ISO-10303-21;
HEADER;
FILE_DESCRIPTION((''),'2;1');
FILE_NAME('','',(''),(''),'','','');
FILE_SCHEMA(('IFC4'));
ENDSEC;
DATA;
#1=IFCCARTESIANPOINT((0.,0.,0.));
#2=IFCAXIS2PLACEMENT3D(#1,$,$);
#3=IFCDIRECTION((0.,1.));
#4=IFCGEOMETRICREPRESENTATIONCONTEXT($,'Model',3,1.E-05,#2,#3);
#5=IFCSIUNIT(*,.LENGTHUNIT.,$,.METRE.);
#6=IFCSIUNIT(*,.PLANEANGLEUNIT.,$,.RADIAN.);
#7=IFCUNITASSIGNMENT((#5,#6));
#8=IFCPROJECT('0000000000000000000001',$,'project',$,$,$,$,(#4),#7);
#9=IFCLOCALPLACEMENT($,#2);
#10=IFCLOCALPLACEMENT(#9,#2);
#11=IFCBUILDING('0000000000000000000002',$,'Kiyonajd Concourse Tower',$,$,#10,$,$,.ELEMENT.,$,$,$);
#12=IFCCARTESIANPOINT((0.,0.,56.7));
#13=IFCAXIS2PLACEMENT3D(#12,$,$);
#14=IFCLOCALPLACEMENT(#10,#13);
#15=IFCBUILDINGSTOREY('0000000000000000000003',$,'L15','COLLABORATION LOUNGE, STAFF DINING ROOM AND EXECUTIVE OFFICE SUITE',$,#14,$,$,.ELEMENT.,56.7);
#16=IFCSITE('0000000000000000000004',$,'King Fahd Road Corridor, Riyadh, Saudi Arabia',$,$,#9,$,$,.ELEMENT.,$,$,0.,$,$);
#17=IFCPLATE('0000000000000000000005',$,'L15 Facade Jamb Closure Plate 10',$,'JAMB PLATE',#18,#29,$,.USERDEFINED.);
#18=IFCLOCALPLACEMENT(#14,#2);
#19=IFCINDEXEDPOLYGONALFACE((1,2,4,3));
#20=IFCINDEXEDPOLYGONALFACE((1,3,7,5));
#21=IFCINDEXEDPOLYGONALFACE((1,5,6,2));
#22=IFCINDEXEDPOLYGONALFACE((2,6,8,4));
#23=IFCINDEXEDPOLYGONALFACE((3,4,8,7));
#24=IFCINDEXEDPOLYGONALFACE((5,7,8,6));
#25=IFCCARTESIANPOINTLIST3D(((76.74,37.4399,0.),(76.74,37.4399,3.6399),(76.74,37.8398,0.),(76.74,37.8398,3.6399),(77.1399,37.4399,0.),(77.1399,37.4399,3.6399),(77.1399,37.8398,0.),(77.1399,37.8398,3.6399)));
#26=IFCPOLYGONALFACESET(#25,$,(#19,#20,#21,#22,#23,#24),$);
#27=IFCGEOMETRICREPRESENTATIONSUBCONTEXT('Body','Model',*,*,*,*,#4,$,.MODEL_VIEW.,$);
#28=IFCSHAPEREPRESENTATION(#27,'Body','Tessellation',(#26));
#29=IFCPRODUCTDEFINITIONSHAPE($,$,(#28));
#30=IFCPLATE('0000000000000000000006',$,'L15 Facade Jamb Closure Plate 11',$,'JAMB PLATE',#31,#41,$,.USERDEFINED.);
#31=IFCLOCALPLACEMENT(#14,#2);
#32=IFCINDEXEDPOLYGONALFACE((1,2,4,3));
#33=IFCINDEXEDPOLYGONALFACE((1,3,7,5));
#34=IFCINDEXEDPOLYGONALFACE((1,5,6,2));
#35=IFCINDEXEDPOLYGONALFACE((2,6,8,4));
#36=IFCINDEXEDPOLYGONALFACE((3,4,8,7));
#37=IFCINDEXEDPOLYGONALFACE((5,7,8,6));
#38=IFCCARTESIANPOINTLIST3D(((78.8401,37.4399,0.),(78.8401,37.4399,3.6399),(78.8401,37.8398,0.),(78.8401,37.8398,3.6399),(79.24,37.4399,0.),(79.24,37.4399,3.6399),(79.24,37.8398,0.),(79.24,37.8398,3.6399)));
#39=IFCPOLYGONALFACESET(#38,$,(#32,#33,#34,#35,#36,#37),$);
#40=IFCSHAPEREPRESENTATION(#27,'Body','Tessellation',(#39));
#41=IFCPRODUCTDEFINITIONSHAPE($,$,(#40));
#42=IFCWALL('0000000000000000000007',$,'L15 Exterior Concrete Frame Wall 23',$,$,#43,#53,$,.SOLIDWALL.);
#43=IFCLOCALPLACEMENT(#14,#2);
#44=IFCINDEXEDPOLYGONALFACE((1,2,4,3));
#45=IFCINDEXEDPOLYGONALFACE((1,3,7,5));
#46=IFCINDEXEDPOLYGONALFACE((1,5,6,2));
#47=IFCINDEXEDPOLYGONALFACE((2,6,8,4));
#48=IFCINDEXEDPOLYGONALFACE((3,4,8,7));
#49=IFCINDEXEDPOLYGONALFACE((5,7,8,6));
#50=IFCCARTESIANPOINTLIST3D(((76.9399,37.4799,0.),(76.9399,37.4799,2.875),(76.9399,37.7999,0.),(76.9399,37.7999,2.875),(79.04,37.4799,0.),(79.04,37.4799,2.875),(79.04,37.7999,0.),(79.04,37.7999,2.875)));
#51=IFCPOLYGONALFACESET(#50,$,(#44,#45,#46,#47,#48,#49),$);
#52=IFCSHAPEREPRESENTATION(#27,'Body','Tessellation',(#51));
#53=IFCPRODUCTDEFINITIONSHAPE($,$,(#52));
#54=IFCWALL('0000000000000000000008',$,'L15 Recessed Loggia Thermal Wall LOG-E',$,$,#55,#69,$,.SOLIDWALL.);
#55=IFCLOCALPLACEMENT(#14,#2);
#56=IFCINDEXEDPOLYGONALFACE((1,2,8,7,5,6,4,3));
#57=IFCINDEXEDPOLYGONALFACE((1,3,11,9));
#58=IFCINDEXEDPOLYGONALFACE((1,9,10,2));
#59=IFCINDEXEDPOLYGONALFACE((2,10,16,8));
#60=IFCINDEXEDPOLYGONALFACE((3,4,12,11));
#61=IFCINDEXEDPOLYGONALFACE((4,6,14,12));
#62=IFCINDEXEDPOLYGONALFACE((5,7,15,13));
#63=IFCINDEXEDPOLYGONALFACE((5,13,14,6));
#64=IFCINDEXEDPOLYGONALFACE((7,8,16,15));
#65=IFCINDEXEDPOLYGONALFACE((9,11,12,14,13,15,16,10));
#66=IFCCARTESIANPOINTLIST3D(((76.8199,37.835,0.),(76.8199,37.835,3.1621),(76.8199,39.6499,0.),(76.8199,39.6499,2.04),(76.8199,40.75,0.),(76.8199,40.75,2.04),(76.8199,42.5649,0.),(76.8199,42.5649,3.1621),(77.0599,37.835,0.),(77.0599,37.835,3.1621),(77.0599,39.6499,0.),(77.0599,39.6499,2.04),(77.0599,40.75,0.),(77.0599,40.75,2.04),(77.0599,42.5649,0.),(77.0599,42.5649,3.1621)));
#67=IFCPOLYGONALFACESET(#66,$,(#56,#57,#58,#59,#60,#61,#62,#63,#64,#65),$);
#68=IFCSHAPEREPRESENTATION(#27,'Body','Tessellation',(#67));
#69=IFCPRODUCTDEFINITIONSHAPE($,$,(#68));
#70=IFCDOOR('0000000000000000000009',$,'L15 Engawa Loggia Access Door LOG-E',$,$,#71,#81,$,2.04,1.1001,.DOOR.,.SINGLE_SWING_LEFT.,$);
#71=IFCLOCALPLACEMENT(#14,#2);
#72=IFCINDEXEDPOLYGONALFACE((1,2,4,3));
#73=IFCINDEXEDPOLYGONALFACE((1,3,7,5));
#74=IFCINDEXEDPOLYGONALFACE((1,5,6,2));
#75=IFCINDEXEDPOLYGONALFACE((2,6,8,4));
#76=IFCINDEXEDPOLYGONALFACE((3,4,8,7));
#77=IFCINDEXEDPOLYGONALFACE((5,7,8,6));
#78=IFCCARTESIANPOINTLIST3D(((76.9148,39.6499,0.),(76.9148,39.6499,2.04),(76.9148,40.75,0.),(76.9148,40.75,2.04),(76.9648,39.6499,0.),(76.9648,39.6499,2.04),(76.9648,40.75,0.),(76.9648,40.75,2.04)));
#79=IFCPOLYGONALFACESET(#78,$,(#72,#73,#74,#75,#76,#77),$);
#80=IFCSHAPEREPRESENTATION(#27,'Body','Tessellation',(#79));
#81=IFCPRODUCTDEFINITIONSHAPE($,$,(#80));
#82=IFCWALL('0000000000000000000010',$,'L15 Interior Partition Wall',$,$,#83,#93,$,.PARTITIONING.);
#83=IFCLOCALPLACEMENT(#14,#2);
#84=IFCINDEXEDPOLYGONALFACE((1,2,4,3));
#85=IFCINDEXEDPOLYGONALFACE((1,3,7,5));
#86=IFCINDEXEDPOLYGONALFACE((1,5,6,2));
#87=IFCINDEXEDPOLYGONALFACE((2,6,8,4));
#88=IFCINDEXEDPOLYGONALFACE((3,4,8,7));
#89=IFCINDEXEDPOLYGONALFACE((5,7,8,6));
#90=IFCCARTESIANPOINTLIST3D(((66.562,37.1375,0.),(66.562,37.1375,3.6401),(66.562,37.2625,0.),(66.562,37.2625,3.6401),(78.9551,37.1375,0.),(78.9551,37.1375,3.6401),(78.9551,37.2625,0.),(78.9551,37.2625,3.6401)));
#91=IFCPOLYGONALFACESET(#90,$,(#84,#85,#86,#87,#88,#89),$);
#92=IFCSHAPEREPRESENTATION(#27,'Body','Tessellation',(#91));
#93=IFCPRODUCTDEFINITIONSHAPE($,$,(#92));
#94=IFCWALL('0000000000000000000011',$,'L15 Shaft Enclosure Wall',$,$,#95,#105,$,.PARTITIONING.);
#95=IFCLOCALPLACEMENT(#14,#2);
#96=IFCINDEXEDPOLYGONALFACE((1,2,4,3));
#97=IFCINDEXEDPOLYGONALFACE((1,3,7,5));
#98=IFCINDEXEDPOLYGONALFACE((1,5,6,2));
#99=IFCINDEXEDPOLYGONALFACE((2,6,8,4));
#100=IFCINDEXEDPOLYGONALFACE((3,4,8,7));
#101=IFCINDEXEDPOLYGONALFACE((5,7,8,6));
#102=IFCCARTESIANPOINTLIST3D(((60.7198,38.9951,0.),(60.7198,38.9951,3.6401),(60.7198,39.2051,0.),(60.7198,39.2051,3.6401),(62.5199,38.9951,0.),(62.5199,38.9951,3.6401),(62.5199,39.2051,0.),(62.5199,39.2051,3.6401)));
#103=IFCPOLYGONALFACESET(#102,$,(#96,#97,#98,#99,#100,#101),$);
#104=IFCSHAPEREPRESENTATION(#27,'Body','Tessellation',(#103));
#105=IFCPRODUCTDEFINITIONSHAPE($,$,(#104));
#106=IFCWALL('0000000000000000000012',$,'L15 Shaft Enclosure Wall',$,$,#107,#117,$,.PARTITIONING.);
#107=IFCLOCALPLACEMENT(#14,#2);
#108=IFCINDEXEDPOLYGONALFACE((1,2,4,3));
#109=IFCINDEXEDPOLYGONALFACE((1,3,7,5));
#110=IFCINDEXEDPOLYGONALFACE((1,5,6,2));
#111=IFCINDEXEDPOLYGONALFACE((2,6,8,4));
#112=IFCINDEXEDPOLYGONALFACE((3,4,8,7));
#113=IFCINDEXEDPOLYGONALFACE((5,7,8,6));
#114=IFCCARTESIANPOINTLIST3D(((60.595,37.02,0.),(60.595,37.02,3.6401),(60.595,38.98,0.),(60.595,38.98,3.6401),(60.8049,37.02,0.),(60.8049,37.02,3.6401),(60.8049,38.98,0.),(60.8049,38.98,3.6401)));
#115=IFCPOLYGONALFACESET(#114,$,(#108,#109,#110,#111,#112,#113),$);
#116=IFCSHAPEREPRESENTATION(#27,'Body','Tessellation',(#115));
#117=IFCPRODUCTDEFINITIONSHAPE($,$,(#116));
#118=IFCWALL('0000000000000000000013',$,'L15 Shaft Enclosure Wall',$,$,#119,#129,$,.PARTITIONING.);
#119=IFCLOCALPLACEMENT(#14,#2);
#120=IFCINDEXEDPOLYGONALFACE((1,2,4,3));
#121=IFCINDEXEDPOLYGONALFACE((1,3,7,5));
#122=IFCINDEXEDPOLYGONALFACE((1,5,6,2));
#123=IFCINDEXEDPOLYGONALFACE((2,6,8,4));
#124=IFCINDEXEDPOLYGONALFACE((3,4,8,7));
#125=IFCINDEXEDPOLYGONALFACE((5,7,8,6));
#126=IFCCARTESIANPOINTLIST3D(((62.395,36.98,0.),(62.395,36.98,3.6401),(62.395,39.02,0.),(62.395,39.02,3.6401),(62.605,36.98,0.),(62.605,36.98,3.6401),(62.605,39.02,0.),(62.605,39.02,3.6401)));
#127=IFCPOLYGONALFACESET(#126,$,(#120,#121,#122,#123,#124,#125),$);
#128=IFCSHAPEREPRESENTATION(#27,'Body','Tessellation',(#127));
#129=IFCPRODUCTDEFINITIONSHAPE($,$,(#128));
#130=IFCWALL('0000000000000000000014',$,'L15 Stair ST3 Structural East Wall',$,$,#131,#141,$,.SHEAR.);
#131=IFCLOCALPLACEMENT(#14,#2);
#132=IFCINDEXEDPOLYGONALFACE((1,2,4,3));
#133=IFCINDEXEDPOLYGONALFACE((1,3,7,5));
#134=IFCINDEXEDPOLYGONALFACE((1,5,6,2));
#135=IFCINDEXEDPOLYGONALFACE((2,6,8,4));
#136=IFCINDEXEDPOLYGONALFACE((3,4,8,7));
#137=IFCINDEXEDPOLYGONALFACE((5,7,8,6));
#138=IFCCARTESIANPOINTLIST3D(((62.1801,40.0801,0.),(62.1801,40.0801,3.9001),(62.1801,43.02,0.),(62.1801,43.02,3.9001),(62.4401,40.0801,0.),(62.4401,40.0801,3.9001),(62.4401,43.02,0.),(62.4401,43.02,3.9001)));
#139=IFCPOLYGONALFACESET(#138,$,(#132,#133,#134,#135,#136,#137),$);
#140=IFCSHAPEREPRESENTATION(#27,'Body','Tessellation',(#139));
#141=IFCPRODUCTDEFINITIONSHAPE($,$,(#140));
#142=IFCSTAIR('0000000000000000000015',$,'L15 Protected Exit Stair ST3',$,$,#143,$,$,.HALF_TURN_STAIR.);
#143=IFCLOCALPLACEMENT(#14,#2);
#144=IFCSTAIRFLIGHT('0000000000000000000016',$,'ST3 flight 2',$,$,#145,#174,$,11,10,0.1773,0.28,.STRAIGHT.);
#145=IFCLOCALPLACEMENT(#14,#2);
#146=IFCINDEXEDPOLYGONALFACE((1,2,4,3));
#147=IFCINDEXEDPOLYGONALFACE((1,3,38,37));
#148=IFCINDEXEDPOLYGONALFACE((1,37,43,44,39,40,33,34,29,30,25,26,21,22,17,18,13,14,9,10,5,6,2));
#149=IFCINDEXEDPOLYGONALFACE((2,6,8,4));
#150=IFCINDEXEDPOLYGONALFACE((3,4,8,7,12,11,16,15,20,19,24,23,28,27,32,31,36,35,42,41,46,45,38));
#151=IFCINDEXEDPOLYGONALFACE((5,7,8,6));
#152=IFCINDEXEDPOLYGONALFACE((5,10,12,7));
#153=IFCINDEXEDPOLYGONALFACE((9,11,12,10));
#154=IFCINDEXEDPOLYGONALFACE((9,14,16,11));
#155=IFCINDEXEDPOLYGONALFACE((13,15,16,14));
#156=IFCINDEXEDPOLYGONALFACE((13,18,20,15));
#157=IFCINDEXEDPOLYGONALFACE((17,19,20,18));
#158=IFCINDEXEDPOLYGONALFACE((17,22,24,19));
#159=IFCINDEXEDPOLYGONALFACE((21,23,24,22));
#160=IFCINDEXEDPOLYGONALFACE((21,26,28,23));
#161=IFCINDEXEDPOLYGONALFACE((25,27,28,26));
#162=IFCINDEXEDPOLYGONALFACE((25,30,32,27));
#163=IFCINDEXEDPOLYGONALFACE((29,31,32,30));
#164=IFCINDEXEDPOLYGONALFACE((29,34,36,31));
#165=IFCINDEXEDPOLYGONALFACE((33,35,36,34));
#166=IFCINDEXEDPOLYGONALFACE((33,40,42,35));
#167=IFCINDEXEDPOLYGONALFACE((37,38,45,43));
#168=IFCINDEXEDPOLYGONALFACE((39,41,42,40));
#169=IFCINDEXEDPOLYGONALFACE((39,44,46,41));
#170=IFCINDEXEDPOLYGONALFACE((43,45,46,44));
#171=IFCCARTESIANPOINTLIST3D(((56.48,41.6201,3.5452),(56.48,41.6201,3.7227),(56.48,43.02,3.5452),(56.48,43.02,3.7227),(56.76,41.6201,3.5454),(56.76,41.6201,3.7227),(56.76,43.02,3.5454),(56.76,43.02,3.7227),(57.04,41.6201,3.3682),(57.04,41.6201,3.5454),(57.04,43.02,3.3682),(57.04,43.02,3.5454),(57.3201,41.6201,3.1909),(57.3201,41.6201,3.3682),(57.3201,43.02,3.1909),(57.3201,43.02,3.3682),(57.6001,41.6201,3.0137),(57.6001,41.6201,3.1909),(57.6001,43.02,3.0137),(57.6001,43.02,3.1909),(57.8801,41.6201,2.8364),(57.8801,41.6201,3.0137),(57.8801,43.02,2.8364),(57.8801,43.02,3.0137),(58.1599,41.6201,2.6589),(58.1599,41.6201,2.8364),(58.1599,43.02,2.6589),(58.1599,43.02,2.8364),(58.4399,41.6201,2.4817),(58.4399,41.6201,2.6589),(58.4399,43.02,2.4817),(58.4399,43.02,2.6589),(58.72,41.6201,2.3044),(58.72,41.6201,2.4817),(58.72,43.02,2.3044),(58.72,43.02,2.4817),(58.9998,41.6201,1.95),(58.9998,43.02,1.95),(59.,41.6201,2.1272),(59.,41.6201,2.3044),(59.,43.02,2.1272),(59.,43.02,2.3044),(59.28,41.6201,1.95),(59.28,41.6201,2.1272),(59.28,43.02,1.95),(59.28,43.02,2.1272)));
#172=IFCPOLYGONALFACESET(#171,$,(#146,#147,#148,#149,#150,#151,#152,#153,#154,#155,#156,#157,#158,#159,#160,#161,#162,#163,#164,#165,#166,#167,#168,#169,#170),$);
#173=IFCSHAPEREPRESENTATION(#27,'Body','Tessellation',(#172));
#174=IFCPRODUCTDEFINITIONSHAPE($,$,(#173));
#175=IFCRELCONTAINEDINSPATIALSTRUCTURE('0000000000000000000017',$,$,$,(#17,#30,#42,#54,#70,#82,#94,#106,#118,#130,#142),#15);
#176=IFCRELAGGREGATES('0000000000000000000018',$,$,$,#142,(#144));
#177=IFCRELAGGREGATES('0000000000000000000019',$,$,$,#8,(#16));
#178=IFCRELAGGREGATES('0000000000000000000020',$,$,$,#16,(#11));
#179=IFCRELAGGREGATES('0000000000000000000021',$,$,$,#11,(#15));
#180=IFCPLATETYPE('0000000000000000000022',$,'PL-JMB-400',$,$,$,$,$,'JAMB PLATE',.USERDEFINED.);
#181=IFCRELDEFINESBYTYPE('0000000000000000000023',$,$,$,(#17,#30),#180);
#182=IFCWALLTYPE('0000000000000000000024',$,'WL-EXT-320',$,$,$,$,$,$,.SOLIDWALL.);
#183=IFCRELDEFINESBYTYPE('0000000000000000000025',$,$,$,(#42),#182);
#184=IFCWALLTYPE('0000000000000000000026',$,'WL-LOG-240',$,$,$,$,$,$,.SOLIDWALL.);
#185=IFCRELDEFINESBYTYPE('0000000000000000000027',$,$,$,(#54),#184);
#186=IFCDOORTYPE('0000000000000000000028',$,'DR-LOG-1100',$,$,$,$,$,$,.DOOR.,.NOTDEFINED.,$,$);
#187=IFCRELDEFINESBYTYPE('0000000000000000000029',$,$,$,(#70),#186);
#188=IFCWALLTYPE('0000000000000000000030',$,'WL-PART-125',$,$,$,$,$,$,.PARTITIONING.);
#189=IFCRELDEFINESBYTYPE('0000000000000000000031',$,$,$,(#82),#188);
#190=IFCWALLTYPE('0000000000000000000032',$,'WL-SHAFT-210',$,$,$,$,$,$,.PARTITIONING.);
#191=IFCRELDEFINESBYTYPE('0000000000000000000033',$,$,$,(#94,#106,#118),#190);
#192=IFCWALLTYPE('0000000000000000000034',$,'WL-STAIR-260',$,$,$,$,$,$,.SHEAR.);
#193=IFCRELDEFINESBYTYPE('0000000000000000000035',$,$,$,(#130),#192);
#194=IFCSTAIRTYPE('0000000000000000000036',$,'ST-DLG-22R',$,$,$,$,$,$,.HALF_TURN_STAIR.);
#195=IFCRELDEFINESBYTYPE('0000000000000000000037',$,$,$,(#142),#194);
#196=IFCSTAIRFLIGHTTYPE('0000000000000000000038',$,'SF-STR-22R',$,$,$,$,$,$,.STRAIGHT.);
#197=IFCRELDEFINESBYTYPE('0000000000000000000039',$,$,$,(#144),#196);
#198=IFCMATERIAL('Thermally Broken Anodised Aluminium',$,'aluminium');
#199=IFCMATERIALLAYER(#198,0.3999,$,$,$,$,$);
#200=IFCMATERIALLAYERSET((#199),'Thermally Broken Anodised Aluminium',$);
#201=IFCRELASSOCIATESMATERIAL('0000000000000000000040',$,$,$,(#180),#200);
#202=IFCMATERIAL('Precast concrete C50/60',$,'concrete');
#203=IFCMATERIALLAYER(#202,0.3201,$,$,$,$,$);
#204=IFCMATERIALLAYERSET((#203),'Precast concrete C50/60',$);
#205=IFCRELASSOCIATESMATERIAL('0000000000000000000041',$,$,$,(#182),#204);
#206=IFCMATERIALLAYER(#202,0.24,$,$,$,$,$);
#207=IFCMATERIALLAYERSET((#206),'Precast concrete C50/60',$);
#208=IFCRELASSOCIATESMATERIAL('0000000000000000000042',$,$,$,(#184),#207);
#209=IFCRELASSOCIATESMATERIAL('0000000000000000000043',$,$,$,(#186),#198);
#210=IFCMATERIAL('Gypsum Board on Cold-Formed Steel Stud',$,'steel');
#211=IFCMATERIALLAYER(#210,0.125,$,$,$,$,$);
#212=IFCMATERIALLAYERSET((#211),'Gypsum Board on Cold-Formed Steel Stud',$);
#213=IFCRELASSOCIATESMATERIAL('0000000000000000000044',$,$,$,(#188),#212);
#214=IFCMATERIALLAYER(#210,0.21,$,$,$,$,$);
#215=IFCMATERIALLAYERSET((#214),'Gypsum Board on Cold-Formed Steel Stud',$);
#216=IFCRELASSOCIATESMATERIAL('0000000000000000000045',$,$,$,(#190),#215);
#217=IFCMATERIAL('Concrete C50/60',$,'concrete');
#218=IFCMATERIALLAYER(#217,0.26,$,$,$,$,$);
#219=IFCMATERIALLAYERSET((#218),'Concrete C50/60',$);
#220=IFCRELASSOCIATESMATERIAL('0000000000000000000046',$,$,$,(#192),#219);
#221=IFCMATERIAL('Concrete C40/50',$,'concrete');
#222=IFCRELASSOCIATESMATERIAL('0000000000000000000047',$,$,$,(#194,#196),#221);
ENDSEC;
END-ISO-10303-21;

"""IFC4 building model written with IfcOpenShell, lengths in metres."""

from ifc_helpers import new_model, si_unit, direction, frame, frame_2d, origin, origin_2d, place, context, subcontext, project, spatial, polyline, rectangle, outline, extrude, material, layer, layer_set, type_object, element, fill, aggregate, save


model = new_model("IFC4")

# Units and contexts
model_context = context("Model", 3, precision=1e-05, world=origin(), true_north=direction((0.0, 1.0)))
body_context = subcontext(model_context, "Body", "Model", "MODEL_VIEW")
ifc_project = project(units=[si_unit("LENGTHUNIT", "METRE"), si_unit("PLANEANGLEUNIT", "RADIAN")], contexts=[model_context])

# Site, building, storey
site_placement = place(None, origin())
site = spatial("IfcSite", under=ifc_project, at=site_placement, Name="King Fahd Road Corridor, Riyadh, Saudi Arabia", CompositionType="ELEMENT", RefElevation=0.0)
building_placement = place(site_placement, origin())
building = spatial("IfcBuilding", under=site, at=building_placement, Name="Kiyonajd Concourse Tower", CompositionType="ELEMENT")
storey_placement = place(building_placement, frame((0.0, 0.0, 56.7)))
storey = spatial("IfcBuildingStorey", under=building, at=storey_placement, Name="L15", Description="COLLABORATION LOUNGE, STAFF DINING ROOM AND EXECUTIVE OFFICE SUITE", CompositionType="ELEMENT", Elevation=56.7)

# Shared definitions
ifc_material_1 = material(Name="Precast concrete C50/60", Category="concrete")

# Shared definitions
ifc_material_2 = material(Name="Thermally Broken Anodised Aluminium", Category="aluminium")

# Plates
ifc_layer_1 = layer(ifc_material_2, 0.3999)
ifc_layer_set_1 = layer_set([ifc_layer_1], Name="Thermally Broken Anodised Aluminium")
plate_type_1 = type_object("IfcPlateType", Name="PL-JMB-400", ElementType="JAMB PLATE", PredefinedType="USERDEFINED", material=ifc_layer_set_1)
for number, where, z_axis, x_axis, name in (
    (1, (76.9399, 37.6399, 0.0), (0.0, 0.0, 1.0), (1.0, 0.0, 0.0), "L15 Facade Jamb Closure Plate 10"),
    (2, (79.04, 37.6399, 0.0), (0.0, 0.0, 1.0), (1.0, 0.0, 0.0), "L15 Facade Jamb Closure Plate 11"),
):
    element("IfcPlate", number, at=place(storey_placement, frame(where, z_axis=z_axis, x_axis=x_axis)), inside=storey, type_object=plate_type_1, Name=name, ObjectType="JAMB PLATE", PredefinedType="USERDEFINED", context=body_context, shape_type="SweptSolid", body=[
        extrude(rectangle(XDim=0.3999, YDim=0.3999, at=origin_2d()), origin(), (0.0, 0.0, 1.0), 3.6399),
    ])

# Wall
ifc_layer_2 = layer(ifc_material_1, 0.3201)
ifc_layer_set_2 = layer_set([ifc_layer_2], Name="Precast concrete C50/60")
wall_type_1 = type_object("IfcWallType", Name="WL-EXT-320", PredefinedType="SOLIDWALL", material=ifc_layer_set_2)
wall_1_placement = place(storey_placement, frame((76.9399, 37.6399, 0.0), z_axis=(0.0, 0.0, 1.0), x_axis=(1.0, 0.0, 0.0)))
element("IfcWall", 3, at=wall_1_placement, inside=storey, type_object=wall_type_1, Name="L15 Exterior Concrete Frame Wall 23", PredefinedType="SOLIDWALL", context=body_context, shape_type="SweptSolid", body=[
    extrude(rectangle(XDim=2.1001, YDim=0.3201, at=frame_2d((1.05, 0.0))), origin(), (0.0, 0.0, 1.0), 2.875),
])

# Wall, opening, door
ifc_layer_3 = layer(ifc_material_1, 0.24)
ifc_layer_set_3 = layer_set([ifc_layer_3], Name="Precast concrete C50/60")
wall_type_2 = type_object("IfcWallType", Name="WL-LOG-240", PredefinedType="SOLIDWALL", material=ifc_layer_set_3)
wall_2_placement = place(storey_placement, frame((76.9399, 42.5649, 0.0), z_axis=(0.0, 0.0, 1.0), x_axis=(0.0, -1.0, 0.0)))
wall_2 = element("IfcWall", 4, at=wall_2_placement, inside=storey, type_object=wall_type_2, Name="L15 Recessed Loggia Thermal Wall LOG-E", PredefinedType="SOLIDWALL", context=body_context, shape_type="SweptSolid", body=[
    extrude(rectangle(XDim=4.73, YDim=0.24, at=frame_2d((2.365, 0.0))), origin(), (0.0, 0.0, 1.0), 3.1621),
])
opening_placement = place(wall_2_placement, frame((1.8149, 0.0, 0.0)))
opening = element("IfcOpeningElement", 5, at=opening_placement, cuts=wall_2, PredefinedType="OPENING", context=body_context, shape_type="SweptSolid", body=[
    extrude(rectangle(XDim=1.1001, YDim=2.04, at=frame_2d((0.55, 1.02))), frame((0.0, 0.1299, 0.0), z_axis=(0.0, -1.0, 0.0), x_axis=(1.0, 0.0, 0.0)), (0.0, 0.0, 1.0), 0.26),
])
door_type = type_object("IfcDoorType", Name="DR-LOG-1100", OperationType="NOTDEFINED", PredefinedType="DOOR", material=ifc_material_2)
door_placement = place(opening_placement, origin())
door = element("IfcDoor", 6, at=door_placement, inside=storey, type_object=door_type, Name="L15 Engawa Loggia Access Door LOG-E", OperationType="SINGLE_SWING_LEFT", OverallHeight=2.04, OverallWidth=1.1001, PredefinedType="DOOR", context=body_context, shape_type="SweptSolid", body=[
    extrude(rectangle(XDim=1.1001, YDim=2.04, at=frame_2d((0.55, 1.02))), frame((0.0, 0.0249, 0.0), z_axis=(0.0, -1.0, 0.0), x_axis=(1.0, 0.0, 0.0)), (0.0, 0.0, 1.0), 0.05),
])
fill(opening, door)

# Walls
ifc_material_3 = material(Name="Gypsum Board on Cold-Formed Steel Stud", Category="steel")
ifc_layer_4 = layer(ifc_material_3, 0.125)
ifc_layer_set_4 = layer_set([ifc_layer_4], Name="Gypsum Board on Cold-Formed Steel Stud")
wall_type_3 = type_object("IfcWallType", Name="WL-PART-125", PredefinedType="PARTITIONING", material=ifc_layer_set_4)
wall_3_placement = place(storey_placement, frame((66.562, 37.2, 0.0), z_axis=(0.0, 0.0, 1.0), x_axis=(1.0, 0.0, 0.0)))
element("IfcWall", 7, at=wall_3_placement, inside=storey, type_object=wall_type_3, Name="L15 Interior Partition Wall", PredefinedType="PARTITIONING", context=body_context, shape_type="SweptSolid", body=[
    extrude(rectangle(XDim=12.3931, YDim=0.125, at=frame_2d((6.1965, 0.0))), origin(), (0.0, 0.0, 1.0), 3.6401),
])
ifc_layer_5 = layer(ifc_material_3, 0.21)
ifc_layer_set_5 = layer_set([ifc_layer_5], Name="Gypsum Board on Cold-Formed Steel Stud")
wall_type_4 = type_object("IfcWallType", Name="WL-SHAFT-210", PredefinedType="PARTITIONING", material=ifc_layer_set_5)
wall_4_placement = place(storey_placement, frame((60.72, 39.1001, 0.0), z_axis=(0.0, 0.0, 1.0), x_axis=(1.0, 0.0, 0.0)))
element("IfcWall", 8, at=wall_4_placement, inside=storey, type_object=wall_type_4, Name="L15 Shaft Enclosure Wall", PredefinedType="PARTITIONING", context=body_context, shape_type="SweptSolid", body=[
    extrude(rectangle(XDim=1.8, YDim=0.21, at=frame_2d((0.8999, 0.0))), origin(), (0.0, 0.0, 1.0), 3.6401),
])
wall_5_placement = place(storey_placement, frame((60.7, 37.02, 0.0), z_axis=(0.0, 0.0, 1.0), x_axis=(0.0, 1.0, 0.0)))
element("IfcWall", 9, at=wall_5_placement, inside=storey, type_object=wall_type_4, Name="L15 Shaft Enclosure Wall", PredefinedType="PARTITIONING", context=body_context, shape_type="SweptSolid", body=[
    extrude(rectangle(XDim=1.96, YDim=0.21, at=frame_2d((0.98, 0.0))), origin(), (0.0, 0.0, 1.0), 3.6401),
])
wall_6_placement = place(storey_placement, frame((62.5, 36.98, 0.0), z_axis=(0.0, 0.0, 1.0), x_axis=(0.0, 1.0, 0.0)))
element("IfcWall", 10, at=wall_6_placement, inside=storey, type_object=wall_type_4, Name="L15 Shaft Enclosure Wall", PredefinedType="PARTITIONING", context=body_context, shape_type="SweptSolid", body=[
    extrude(rectangle(XDim=2.04, YDim=0.21, at=frame_2d((1.02, 0.0))), origin(), (0.0, 0.0, 1.0), 3.6401),
])
ifc_material_4 = material(Name="Concrete C50/60", Category="concrete")
ifc_layer_6 = layer(ifc_material_4, 0.26)
ifc_layer_set_6 = layer_set([ifc_layer_6], Name="Concrete C50/60")
wall_type_5 = type_object("IfcWallType", Name="WL-STAIR-260", PredefinedType="SHEAR", material=ifc_layer_set_6)
wall_7_placement = place(storey_placement, frame((62.3101, 40.0801, 0.0), z_axis=(0.0, 0.0, 1.0), x_axis=(0.0, 1.0, 0.0)))
element("IfcWall", 11, at=wall_7_placement, inside=storey, type_object=wall_type_5, Name="L15 Stair ST3 Structural East Wall", PredefinedType="SHEAR", context=body_context, shape_type="SweptSolid", body=[
    extrude(rectangle(XDim=2.9399, YDim=0.26, at=frame_2d((1.47, 0.0))), origin(), (0.0, 0.0, 1.0), 3.9001),
])

# Stair, stair flight
ifc_material_5 = material(Name="Concrete C40/50", Category="concrete")
stair_type = type_object("IfcStairType", Name="ST-DLG-22R", PredefinedType="HALF_TURN_STAIR", material=ifc_material_5)
stair_placement = place(storey_placement, origin())
stair = element("IfcStair", 12, at=stair_placement, inside=storey, type_object=stair_type, Name="L15 Protected Exit Stair ST3", PredefinedType="HALF_TURN_STAIR")
stair_flight_type = type_object("IfcStairFlightType", Name="SF-STR-22R", PredefinedType="STRAIGHT", material=ifc_material_5)
stair_flight_placement = place(storey_placement, frame((59.28, 42.3201, 1.95), z_axis=(0.0, 0.0, 1.0), x_axis=(-1.0, 0.0, 0.0)))
stair_flight = element("IfcStairFlight", 13, at=stair_flight_placement, type_object=stair_flight_type, Name="ST3 flight 2", NumberOfRisers=11, NumberOfTreads=10, PredefinedType="STRAIGHT", RiserHeight=0.1773, TreadLength=0.28, context=body_context, shape_type="SweptSolid", body=[
    extrude(outline(polyline([(0.0, 0.0), (0.0, 0.1772), (0.28, 0.1772), (0.28, 0.3545), (0.5601, 0.3545), (0.5601, 0.5317), (0.8401, 0.5317), (0.8401, 0.709), (1.1201, 0.709), (1.1201, 0.8865), (1.3999, 0.8865), (1.3999, 1.0637), (1.6799, 1.0637), (1.6799, 1.241), (1.96, 1.241), (1.96, 1.4182), (2.24, 1.4182), (2.24, 1.5955), (2.52, 1.5955), (2.52, 1.7727), (2.8, 1.7727), (2.8, 1.95), (2.8, 1.5952), (0.2803, 0.0), (0.0, 0.0)])), frame((0.0, 0.7, 0.0), z_axis=(0.0, -1.0, 0.0), x_axis=(1.0, 0.0, 0.0)), (0.0, 0.0, 1.0), 1.3999),
])
aggregate(stair, [stair_flight])

save(model, "model.ifc")
